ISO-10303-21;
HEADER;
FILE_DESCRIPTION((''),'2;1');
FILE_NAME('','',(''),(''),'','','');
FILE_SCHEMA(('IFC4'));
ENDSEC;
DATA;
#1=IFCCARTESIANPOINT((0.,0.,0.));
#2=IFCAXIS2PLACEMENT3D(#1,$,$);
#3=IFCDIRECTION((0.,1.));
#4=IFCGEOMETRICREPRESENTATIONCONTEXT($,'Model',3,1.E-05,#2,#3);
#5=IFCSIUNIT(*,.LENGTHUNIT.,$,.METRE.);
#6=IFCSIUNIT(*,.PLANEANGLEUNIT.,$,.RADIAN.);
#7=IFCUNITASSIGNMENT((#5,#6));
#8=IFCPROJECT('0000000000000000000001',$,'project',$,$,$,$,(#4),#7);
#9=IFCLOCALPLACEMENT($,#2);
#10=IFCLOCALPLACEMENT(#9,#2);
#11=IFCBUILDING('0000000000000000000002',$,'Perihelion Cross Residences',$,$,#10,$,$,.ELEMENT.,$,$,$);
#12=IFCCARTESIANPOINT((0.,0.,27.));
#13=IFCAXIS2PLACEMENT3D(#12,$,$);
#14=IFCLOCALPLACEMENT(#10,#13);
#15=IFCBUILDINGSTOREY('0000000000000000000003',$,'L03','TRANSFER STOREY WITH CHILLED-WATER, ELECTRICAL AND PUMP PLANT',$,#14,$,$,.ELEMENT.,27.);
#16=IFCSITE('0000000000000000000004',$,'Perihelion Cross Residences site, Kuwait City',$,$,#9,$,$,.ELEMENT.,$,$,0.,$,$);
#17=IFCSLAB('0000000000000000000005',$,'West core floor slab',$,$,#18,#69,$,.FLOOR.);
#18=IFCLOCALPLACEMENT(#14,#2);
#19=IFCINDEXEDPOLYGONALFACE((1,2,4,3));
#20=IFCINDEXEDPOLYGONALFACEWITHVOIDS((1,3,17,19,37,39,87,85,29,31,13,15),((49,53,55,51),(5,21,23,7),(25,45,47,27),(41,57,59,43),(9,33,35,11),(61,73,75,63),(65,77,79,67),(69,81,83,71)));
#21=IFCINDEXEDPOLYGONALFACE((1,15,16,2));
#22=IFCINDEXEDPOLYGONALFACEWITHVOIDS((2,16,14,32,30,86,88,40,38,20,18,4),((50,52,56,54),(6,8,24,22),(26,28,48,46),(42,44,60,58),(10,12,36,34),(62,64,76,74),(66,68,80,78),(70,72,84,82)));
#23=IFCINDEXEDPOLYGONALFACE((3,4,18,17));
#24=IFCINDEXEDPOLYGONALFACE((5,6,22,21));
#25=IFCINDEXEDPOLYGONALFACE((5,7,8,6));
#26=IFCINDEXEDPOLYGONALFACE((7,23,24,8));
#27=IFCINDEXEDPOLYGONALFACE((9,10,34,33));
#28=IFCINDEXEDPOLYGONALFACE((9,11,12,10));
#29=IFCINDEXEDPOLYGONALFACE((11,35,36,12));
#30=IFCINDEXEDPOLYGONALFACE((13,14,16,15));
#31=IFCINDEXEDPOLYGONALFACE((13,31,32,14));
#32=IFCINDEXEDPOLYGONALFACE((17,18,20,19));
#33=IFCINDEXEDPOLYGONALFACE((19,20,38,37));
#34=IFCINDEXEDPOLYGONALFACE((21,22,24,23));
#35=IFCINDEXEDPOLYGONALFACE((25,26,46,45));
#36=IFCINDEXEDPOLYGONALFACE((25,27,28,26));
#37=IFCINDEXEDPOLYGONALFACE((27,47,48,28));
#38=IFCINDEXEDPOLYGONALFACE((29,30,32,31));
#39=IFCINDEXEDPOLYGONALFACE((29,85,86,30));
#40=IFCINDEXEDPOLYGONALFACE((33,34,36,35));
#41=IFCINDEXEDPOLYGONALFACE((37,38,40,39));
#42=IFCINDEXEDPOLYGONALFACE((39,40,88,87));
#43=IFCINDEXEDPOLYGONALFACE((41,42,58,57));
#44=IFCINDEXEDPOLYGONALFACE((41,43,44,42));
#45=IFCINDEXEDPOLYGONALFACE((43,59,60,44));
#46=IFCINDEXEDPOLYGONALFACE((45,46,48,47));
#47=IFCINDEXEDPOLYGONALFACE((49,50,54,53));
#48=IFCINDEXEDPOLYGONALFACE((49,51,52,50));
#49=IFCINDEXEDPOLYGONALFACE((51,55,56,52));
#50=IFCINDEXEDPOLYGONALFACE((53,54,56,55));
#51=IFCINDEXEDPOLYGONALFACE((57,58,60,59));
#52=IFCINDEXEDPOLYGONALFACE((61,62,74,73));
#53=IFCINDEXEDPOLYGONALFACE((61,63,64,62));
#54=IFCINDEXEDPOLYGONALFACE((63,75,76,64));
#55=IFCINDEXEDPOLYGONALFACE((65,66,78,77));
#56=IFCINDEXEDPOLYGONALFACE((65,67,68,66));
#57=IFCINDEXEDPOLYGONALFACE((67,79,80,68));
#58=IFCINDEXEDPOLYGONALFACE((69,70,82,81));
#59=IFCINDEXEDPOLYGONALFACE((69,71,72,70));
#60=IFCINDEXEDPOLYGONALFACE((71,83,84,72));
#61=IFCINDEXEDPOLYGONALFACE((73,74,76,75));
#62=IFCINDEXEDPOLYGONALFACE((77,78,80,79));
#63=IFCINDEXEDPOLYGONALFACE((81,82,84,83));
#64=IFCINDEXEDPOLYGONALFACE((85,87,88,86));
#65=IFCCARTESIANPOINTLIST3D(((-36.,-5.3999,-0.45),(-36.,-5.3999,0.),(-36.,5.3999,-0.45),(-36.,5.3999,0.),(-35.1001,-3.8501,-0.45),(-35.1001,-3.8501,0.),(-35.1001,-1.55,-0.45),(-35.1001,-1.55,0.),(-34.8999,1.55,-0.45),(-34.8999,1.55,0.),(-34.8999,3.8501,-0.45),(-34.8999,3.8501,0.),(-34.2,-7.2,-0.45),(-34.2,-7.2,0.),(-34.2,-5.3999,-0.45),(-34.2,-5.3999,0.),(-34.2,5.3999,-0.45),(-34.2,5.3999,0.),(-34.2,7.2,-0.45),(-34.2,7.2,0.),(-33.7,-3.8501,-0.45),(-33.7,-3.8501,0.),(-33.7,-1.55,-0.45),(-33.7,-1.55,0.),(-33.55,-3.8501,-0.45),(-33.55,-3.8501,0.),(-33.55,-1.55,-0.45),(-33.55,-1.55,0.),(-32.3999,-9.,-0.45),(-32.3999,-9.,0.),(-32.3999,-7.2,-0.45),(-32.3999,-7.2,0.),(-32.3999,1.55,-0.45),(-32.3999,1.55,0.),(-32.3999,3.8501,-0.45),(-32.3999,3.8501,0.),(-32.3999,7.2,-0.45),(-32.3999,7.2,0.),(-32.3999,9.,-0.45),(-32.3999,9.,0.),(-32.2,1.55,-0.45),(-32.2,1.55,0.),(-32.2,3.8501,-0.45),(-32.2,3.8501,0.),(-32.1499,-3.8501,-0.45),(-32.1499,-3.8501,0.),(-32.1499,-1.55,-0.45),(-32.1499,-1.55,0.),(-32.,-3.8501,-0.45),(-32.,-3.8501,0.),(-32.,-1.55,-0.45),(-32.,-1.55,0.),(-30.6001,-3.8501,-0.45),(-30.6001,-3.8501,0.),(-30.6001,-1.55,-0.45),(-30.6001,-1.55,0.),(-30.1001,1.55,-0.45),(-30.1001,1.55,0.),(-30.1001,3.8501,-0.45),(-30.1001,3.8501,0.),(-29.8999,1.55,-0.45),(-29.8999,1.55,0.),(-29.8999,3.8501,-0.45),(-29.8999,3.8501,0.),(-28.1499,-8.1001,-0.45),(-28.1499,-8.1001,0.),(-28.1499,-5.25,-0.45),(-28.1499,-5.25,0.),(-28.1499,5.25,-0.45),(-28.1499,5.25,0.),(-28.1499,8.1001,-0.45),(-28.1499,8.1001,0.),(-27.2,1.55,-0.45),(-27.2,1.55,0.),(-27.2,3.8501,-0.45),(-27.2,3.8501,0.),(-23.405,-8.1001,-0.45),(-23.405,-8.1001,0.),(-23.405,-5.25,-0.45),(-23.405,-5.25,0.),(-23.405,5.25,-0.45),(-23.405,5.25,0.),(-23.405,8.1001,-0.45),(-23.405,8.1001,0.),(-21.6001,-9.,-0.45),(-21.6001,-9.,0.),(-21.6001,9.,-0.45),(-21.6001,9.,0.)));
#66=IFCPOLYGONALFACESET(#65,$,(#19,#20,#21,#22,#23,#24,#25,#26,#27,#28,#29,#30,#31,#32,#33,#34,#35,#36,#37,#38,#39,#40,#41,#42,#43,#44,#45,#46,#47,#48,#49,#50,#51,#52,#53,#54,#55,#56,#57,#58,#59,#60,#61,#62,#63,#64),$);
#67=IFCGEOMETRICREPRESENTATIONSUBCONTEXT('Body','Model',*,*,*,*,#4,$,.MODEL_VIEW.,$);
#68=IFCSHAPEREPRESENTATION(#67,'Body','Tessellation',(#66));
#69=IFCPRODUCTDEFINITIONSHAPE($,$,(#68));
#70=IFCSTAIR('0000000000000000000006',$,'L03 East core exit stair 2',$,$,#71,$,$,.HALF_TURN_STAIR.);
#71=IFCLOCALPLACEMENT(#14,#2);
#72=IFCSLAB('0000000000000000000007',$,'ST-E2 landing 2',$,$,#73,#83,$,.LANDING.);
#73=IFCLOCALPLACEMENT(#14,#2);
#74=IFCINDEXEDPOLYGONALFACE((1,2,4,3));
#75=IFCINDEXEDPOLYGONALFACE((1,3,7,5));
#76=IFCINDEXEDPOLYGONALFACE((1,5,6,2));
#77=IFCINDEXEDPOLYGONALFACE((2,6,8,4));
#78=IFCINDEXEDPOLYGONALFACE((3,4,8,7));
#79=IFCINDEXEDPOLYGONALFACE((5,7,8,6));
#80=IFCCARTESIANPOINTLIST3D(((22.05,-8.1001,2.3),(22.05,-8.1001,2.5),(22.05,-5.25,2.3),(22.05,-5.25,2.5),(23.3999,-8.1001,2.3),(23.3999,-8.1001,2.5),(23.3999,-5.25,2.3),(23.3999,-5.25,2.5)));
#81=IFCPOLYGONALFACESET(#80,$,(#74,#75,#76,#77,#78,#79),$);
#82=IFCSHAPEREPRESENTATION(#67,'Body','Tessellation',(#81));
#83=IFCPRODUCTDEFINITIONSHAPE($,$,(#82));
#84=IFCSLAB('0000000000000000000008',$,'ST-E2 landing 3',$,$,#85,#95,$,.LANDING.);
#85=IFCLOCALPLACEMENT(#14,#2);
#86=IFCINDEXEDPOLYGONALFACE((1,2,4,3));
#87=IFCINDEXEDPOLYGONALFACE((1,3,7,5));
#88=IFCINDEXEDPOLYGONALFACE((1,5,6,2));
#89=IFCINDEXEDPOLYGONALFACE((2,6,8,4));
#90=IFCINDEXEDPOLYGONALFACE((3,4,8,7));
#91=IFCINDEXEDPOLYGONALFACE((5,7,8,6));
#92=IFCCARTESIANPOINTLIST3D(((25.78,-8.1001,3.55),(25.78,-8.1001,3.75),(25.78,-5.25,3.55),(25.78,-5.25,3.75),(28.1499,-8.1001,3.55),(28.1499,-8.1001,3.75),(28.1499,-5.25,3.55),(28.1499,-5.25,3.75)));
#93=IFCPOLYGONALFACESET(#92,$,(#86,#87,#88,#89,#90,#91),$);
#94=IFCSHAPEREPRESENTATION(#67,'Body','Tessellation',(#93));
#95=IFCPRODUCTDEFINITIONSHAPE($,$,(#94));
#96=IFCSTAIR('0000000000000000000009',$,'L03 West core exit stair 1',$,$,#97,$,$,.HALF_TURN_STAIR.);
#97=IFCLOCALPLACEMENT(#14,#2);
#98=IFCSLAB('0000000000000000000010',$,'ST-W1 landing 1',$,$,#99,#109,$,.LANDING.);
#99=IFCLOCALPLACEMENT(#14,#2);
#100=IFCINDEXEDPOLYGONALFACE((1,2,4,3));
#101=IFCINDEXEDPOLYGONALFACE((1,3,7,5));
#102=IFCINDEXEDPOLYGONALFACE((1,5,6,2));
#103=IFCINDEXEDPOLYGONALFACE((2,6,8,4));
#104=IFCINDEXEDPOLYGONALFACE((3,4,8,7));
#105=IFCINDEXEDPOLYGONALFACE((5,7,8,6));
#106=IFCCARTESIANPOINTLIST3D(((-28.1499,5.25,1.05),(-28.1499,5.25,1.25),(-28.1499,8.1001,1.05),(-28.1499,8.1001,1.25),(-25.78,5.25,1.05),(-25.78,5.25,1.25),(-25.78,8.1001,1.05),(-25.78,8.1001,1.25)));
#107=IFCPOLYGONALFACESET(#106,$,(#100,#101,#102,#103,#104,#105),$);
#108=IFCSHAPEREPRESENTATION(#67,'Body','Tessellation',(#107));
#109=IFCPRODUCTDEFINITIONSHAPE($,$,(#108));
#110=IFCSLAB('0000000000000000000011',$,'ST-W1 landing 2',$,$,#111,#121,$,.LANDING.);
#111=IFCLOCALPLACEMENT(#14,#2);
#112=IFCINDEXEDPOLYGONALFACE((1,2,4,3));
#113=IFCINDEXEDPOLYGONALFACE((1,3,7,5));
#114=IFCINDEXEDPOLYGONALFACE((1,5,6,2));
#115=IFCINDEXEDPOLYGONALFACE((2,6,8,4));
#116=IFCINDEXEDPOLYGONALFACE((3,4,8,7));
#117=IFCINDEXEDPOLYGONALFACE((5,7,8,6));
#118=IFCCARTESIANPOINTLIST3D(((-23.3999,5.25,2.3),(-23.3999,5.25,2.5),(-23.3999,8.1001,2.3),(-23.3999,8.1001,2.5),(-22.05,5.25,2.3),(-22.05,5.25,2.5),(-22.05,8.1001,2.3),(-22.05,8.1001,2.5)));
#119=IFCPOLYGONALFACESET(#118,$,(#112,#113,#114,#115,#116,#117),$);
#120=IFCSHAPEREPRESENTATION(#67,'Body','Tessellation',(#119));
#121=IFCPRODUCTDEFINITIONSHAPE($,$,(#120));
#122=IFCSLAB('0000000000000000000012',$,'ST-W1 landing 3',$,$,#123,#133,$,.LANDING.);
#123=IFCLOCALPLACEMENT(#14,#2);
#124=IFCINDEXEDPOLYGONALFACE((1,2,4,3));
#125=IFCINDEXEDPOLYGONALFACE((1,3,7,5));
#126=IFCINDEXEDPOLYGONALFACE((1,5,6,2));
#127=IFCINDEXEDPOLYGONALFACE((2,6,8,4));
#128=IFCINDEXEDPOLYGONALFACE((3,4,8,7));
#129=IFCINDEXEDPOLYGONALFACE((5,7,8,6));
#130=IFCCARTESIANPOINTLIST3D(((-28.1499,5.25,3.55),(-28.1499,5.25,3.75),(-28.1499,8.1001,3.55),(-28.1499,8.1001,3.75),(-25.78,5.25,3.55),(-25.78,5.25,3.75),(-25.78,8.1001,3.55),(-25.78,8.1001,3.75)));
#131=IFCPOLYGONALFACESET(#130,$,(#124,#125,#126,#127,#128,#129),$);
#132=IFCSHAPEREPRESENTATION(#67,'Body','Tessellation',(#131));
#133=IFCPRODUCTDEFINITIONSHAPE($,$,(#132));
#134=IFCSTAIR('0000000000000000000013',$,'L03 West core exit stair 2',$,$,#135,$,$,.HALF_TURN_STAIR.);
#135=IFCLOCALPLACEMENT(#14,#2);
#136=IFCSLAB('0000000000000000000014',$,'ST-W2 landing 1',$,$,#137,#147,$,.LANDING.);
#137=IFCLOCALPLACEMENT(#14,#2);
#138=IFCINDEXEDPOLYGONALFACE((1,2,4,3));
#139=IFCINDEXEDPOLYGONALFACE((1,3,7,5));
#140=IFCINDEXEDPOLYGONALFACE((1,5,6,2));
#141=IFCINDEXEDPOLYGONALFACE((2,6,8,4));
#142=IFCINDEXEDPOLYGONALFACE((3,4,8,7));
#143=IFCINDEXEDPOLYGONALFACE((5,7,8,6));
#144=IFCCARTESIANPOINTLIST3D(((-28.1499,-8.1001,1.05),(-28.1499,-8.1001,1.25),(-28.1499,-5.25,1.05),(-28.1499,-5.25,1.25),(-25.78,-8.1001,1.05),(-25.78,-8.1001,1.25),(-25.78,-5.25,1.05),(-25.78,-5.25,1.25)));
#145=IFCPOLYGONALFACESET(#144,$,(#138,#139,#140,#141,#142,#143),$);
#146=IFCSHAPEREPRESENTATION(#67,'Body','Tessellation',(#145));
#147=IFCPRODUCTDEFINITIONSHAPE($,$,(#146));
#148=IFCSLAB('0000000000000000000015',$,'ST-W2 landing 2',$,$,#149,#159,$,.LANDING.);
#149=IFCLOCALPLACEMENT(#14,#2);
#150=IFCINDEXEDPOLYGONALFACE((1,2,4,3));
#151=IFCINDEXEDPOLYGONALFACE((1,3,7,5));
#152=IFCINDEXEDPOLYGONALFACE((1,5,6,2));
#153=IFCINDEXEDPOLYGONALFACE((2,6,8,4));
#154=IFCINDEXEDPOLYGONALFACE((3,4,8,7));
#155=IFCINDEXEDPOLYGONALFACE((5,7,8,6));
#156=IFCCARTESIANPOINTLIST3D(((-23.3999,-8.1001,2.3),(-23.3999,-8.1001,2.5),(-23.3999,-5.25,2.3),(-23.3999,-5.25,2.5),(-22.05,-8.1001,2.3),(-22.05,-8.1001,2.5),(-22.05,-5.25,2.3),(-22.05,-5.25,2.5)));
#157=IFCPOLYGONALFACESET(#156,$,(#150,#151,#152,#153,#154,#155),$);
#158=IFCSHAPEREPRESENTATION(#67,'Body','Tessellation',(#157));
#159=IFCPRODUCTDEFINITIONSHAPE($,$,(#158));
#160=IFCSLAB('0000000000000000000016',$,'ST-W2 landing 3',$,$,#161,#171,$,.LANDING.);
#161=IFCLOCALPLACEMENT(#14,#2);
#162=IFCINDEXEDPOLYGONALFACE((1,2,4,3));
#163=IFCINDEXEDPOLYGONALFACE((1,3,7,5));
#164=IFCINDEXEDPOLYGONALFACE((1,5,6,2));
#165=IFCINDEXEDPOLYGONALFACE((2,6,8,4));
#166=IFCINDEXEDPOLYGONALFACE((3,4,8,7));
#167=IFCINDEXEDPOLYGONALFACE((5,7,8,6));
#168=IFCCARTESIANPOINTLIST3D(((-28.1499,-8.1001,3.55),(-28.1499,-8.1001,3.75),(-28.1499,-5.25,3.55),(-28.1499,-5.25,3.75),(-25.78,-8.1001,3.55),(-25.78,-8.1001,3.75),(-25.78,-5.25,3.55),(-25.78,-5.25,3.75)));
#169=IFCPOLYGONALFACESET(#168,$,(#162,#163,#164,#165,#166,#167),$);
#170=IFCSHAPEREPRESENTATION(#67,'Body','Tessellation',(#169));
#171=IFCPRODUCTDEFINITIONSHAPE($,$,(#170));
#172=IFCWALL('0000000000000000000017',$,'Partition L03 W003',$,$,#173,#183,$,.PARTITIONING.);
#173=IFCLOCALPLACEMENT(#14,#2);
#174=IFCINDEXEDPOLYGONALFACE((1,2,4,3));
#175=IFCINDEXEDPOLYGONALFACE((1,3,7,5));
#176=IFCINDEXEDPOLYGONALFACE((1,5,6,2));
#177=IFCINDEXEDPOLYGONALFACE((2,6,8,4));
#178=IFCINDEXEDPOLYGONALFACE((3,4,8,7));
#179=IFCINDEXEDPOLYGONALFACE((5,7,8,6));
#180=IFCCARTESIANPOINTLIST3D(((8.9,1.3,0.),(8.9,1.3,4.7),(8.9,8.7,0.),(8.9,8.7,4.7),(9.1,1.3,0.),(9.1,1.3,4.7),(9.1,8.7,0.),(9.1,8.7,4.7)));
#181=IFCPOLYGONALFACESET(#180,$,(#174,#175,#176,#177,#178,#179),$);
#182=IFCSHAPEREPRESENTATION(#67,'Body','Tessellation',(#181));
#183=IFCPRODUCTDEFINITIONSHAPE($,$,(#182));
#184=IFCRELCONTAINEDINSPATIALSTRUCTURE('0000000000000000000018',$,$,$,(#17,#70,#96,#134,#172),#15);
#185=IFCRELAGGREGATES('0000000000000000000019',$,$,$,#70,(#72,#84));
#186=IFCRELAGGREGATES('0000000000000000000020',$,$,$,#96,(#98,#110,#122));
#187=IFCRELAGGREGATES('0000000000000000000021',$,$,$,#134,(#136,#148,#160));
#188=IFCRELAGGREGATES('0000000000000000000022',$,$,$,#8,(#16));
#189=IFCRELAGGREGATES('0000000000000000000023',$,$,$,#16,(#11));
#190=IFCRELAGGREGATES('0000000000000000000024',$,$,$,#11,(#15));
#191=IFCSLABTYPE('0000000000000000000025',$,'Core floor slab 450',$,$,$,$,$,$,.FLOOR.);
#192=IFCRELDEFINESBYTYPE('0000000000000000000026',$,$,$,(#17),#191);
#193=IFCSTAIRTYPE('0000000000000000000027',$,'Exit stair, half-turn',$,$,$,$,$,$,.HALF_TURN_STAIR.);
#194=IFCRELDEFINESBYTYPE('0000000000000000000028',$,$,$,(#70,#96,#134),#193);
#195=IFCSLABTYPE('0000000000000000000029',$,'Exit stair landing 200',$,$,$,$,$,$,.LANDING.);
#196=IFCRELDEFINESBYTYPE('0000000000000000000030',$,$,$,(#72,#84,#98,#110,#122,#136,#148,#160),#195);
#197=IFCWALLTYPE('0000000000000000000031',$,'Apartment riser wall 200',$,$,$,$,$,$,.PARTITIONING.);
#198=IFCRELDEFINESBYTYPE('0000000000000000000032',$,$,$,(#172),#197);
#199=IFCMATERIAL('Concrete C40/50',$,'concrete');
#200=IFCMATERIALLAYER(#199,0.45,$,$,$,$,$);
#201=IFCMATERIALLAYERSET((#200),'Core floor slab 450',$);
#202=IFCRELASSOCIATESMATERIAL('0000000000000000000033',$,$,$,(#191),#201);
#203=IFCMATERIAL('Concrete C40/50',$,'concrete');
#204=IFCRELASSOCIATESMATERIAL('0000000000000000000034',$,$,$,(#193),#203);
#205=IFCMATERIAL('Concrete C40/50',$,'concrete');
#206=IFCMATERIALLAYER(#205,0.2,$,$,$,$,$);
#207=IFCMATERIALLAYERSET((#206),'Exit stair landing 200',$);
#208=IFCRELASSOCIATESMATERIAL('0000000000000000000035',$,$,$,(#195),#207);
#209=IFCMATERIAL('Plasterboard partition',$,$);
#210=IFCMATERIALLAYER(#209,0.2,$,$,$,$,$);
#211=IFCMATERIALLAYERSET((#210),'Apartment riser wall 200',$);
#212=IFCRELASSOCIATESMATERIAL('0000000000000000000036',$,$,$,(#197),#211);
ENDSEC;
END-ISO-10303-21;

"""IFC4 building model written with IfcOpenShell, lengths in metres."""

from ifc_helpers import new_model, si_unit, direction, frame, frame_2d, origin, place, context, subcontext, project, spatial, polyline, rectangle, outline, extrude, material, layer, layer_set, type_object, element, aggregate, save


model = new_model("IFC4")

# Units and contexts
model_context = context("Model", 3, precision=1e-05, world=origin(), true_north=direction((0.0, 1.0)))
body_context = subcontext(model_context, "Body", "Model", "MODEL_VIEW")
ifc_project = project(units=[si_unit("LENGTHUNIT", "METRE"), si_unit("PLANEANGLEUNIT", "RADIAN")], contexts=[model_context])

# Site, building, storey
site_placement = place(None, origin())
site = spatial("IfcSite", under=ifc_project, at=site_placement, Name="Perihelion Cross Residences site, Kuwait City", CompositionType="ELEMENT", RefElevation=0.0)
building_placement = place(site_placement, origin())
building = spatial("IfcBuilding", under=site, at=building_placement, Name="Perihelion Cross Residences", CompositionType="ELEMENT")
storey_placement = place(building_placement, frame((0.0, 0.0, 27.0)))
storey = spatial("IfcBuildingStorey", under=building, at=storey_placement, Name="L03", Description="TRANSFER STOREY WITH CHILLED-WATER, ELECTRICAL AND PUMP PLANT", CompositionType="ELEMENT", Elevation=27.0)

# Slab
ifc_material_1 = material(Name="Concrete C40/50", Category="concrete")
ifc_layer_1 = layer(ifc_material_1, 0.45)
ifc_layer_set_1 = layer_set([ifc_layer_1], Name="Core floor slab 450")
slab_type_1 = type_object("IfcSlabType", Name="Core floor slab 450", PredefinedType="FLOOR", material=ifc_layer_set_1)
slab_1_placement = place(storey_placement, frame((0.0, 0.0, -0.45)))
element("IfcSlab", 1, at=slab_1_placement, inside=storey, type_object=slab_type_1, Name="West core floor slab", PredefinedType="FLOOR", context=body_context, shape_type="SweptSolid", body=[
    extrude(outline(polyline([(-32.3999, 7.2), (-34.2, 7.2), (-34.2, 5.3999), (-36.0, 5.3999), (-36.0, -5.3999), (-34.2, -5.3999), (-34.2, -7.2), (-32.3999, -7.2), (-32.3999, -9.0), (-21.6001, -9.0), (-21.6001, 9.0), (-32.3999, 9.0), (-32.3999, 7.2)]), holes=[polyline([(-23.405, -8.1001), (-28.1499, -8.1001), (-28.1499, -5.25), (-23.405, -5.25), (-23.405, -8.1001)]), polyline([(-30.6001, -1.55), (-30.6001, -3.8501), (-32.0, -3.8501), (-32.0, -1.55), (-30.6001, -1.55)]), polyline([(-32.1499, -1.55), (-32.1499, -3.8501), (-33.55, -3.8501), (-33.55, -1.55), (-32.1499, -1.55)]), polyline([(-33.7, -1.55), (-33.7, -3.8501), (-35.1001, -3.8501), (-35.1001, -1.55), (-33.7, -1.55)]), polyline([(-27.2, 3.8501), (-27.2, 1.55), (-29.8999, 1.55), (-29.8999, 3.8501), (-27.2, 3.8501)]), polyline([(-30.1001, 3.8501), (-30.1001, 1.55), (-32.2, 1.55), (-32.2, 3.8501), (-30.1001, 3.8501)]), polyline([(-32.3999, 3.8501), (-32.3999, 1.55), (-34.8999, 1.55), (-34.8999, 3.8501), (-32.3999, 3.8501)]), polyline([(-23.405, 5.25), (-28.1499, 5.25), (-28.1499, 8.1001), (-23.405, 8.1001), (-23.405, 5.25)])]), origin(), (0.0, 0.0, 1.0), 0.45),
])

# Stairs, slabs
ifc_material_2 = material(Name="Concrete C40/50", Category="concrete")
stair_type = type_object("IfcStairType", Name="Exit stair, half-turn", PredefinedType="HALF_TURN_STAIR", material=ifc_material_2)
stair_1_placement = place(storey_placement, origin())
stair_1 = element("IfcStair", 2, at=stair_1_placement, inside=storey, type_object=stair_type, Name="L03 East core exit stair 2", PredefinedType="HALF_TURN_STAIR")
ifc_material_3 = material(Name="Concrete C40/50", Category="concrete")
ifc_layer_2 = layer(ifc_material_3, 0.2)
ifc_layer_set_2 = layer_set([ifc_layer_2], Name="Exit stair landing 200")
slab_type_2 = type_object("IfcSlabType", Name="Exit stair landing 200", PredefinedType="LANDING", material=ifc_layer_set_2)
slab_2_placement = place(storey_placement, frame((0.0, 0.0, 2.3)))
slab_2 = element("IfcSlab", 3, at=slab_2_placement, type_object=slab_type_2, Name="ST-E2 landing 2", PredefinedType="LANDING", context=body_context, shape_type="SweptSolid", body=[
    extrude(outline(polyline([(22.05, -8.1001), (23.3999, -8.1001), (23.3999, -5.25), (22.05, -5.25), (22.05, -8.1001)])), origin(), (0.0, 0.0, 1.0), 0.2),
])
slab_3_placement = place(storey_placement, frame((0.0, 0.0, 3.55)))
slab_3 = element("IfcSlab", 4, at=slab_3_placement, type_object=slab_type_2, Name="ST-E2 landing 3", PredefinedType="LANDING", context=body_context, shape_type="SweptSolid", body=[
    extrude(outline(polyline([(25.78, -8.1001), (28.1499, -8.1001), (28.1499, -5.25), (25.78, -5.25), (25.78, -8.1001)])), origin(), (0.0, 0.0, 1.0), 0.2),
])
aggregate(stair_1, [slab_2, slab_3])
stair_2_placement = place(storey_placement, origin())
stair_2 = element("IfcStair", 5, at=stair_2_placement, inside=storey, type_object=stair_type, Name="L03 West core exit stair 1", PredefinedType="HALF_TURN_STAIR")
slab_4_placement = place(storey_placement, frame((0.0, 0.0, 1.05)))
slab_4 = element("IfcSlab", 6, at=slab_4_placement, type_object=slab_type_2, Name="ST-W1 landing 1", PredefinedType="LANDING", context=body_context, shape_type="SweptSolid", body=[
    extrude(outline(polyline([(-25.78, 8.1001), (-28.1499, 8.1001), (-28.1499, 5.25), (-25.78, 5.25), (-25.78, 8.1001)])), origin(), (0.0, 0.0, 1.0), 0.2),
])
slab_5_placement = place(storey_placement, frame((0.0, 0.0, 2.3)))
slab_5 = element("IfcSlab", 7, at=slab_5_placement, type_object=slab_type_2, Name="ST-W1 landing 2", PredefinedType="LANDING", context=body_context, shape_type="SweptSolid", body=[
    extrude(outline(polyline([(-22.05, 8.1001), (-23.3999, 8.1001), (-23.3999, 5.25), (-22.05, 5.25), (-22.05, 8.1001)])), origin(), (0.0, 0.0, 1.0), 0.2),
])
slab_6_placement = place(storey_placement, frame((0.0, 0.0, 3.55)))
slab_6 = element("IfcSlab", 8, at=slab_6_placement, type_object=slab_type_2, Name="ST-W1 landing 3", PredefinedType="LANDING", context=body_context, shape_type="SweptSolid", body=[
    extrude(outline(polyline([(-25.78, 8.1001), (-28.1499, 8.1001), (-28.1499, 5.25), (-25.78, 5.25), (-25.78, 8.1001)])), origin(), (0.0, 0.0, 1.0), 0.2),
])
aggregate(stair_2, [slab_4, slab_5, slab_6])
stair_3_placement = place(storey_placement, origin())
stair_3 = element("IfcStair", 9, at=stair_3_placement, inside=storey, type_object=stair_type, Name="L03 West core exit stair 2", PredefinedType="HALF_TURN_STAIR")
slab_7_placement = place(storey_placement, frame((0.0, 0.0, 1.05)))
slab_7 = element("IfcSlab", 10, at=slab_7_placement, type_object=slab_type_2, Name="ST-W2 landing 1", PredefinedType="LANDING", context=body_context, shape_type="SweptSolid", body=[
    extrude(outline(polyline([(-25.78, -5.25), (-28.1499, -5.25), (-28.1499, -8.1001), (-25.78, -8.1001), (-25.78, -5.25)])), origin(), (0.0, 0.0, 1.0), 0.2),
])
slab_8_placement = place(storey_placement, frame((0.0, 0.0, 2.3)))
slab_8 = element("IfcSlab", 11, at=slab_8_placement, type_object=slab_type_2, Name="ST-W2 landing 2", PredefinedType="LANDING", context=body_context, shape_type="SweptSolid", body=[
    extrude(outline(polyline([(-22.05, -5.25), (-23.3999, -5.25), (-23.3999, -8.1001), (-22.05, -8.1001), (-22.05, -5.25)])), origin(), (0.0, 0.0, 1.0), 0.2),
])
slab_9_placement = place(storey_placement, frame((0.0, 0.0, 3.55)))
slab_9 = element("IfcSlab", 12, at=slab_9_placement, type_object=slab_type_2, Name="ST-W2 landing 3", PredefinedType="LANDING", context=body_context, shape_type="SweptSolid", body=[
    extrude(outline(polyline([(-25.78, -5.25), (-28.1499, -5.25), (-28.1499, -8.1001), (-25.78, -8.1001), (-25.78, -5.25)])), origin(), (0.0, 0.0, 1.0), 0.2),
])
aggregate(stair_3, [slab_7, slab_8, slab_9])

# Wall
ifc_material_4 = material(Name="Plasterboard partition")
ifc_layer_3 = layer(ifc_material_4, 0.2)
ifc_layer_set_3 = layer_set([ifc_layer_3], Name="Apartment riser wall 200")
wall_type_1 = type_object("IfcWallType", Name="Apartment riser wall 200", PredefinedType="PARTITIONING", material=ifc_layer_set_3)
wall_1_placement = place(storey_placement, frame((9.0, 8.7, 0.0), z_axis=(0.0, 0.0, 1.0), x_axis=(0.0, -1.0, 0.0)))
element("IfcWall", 13, at=wall_1_placement, inside=storey, type_object=wall_type_1, Name="Partition L03 W003", PredefinedType="PARTITIONING", context=body_context, shape_type="SweptSolid", body=[
    extrude(rectangle(XDim=7.3999, YDim=0.2, at=frame_2d((3.7, 0.0))), origin(), (0.0, 0.0, 1.0), 4.7),
])

save(model, "model.ifc")
